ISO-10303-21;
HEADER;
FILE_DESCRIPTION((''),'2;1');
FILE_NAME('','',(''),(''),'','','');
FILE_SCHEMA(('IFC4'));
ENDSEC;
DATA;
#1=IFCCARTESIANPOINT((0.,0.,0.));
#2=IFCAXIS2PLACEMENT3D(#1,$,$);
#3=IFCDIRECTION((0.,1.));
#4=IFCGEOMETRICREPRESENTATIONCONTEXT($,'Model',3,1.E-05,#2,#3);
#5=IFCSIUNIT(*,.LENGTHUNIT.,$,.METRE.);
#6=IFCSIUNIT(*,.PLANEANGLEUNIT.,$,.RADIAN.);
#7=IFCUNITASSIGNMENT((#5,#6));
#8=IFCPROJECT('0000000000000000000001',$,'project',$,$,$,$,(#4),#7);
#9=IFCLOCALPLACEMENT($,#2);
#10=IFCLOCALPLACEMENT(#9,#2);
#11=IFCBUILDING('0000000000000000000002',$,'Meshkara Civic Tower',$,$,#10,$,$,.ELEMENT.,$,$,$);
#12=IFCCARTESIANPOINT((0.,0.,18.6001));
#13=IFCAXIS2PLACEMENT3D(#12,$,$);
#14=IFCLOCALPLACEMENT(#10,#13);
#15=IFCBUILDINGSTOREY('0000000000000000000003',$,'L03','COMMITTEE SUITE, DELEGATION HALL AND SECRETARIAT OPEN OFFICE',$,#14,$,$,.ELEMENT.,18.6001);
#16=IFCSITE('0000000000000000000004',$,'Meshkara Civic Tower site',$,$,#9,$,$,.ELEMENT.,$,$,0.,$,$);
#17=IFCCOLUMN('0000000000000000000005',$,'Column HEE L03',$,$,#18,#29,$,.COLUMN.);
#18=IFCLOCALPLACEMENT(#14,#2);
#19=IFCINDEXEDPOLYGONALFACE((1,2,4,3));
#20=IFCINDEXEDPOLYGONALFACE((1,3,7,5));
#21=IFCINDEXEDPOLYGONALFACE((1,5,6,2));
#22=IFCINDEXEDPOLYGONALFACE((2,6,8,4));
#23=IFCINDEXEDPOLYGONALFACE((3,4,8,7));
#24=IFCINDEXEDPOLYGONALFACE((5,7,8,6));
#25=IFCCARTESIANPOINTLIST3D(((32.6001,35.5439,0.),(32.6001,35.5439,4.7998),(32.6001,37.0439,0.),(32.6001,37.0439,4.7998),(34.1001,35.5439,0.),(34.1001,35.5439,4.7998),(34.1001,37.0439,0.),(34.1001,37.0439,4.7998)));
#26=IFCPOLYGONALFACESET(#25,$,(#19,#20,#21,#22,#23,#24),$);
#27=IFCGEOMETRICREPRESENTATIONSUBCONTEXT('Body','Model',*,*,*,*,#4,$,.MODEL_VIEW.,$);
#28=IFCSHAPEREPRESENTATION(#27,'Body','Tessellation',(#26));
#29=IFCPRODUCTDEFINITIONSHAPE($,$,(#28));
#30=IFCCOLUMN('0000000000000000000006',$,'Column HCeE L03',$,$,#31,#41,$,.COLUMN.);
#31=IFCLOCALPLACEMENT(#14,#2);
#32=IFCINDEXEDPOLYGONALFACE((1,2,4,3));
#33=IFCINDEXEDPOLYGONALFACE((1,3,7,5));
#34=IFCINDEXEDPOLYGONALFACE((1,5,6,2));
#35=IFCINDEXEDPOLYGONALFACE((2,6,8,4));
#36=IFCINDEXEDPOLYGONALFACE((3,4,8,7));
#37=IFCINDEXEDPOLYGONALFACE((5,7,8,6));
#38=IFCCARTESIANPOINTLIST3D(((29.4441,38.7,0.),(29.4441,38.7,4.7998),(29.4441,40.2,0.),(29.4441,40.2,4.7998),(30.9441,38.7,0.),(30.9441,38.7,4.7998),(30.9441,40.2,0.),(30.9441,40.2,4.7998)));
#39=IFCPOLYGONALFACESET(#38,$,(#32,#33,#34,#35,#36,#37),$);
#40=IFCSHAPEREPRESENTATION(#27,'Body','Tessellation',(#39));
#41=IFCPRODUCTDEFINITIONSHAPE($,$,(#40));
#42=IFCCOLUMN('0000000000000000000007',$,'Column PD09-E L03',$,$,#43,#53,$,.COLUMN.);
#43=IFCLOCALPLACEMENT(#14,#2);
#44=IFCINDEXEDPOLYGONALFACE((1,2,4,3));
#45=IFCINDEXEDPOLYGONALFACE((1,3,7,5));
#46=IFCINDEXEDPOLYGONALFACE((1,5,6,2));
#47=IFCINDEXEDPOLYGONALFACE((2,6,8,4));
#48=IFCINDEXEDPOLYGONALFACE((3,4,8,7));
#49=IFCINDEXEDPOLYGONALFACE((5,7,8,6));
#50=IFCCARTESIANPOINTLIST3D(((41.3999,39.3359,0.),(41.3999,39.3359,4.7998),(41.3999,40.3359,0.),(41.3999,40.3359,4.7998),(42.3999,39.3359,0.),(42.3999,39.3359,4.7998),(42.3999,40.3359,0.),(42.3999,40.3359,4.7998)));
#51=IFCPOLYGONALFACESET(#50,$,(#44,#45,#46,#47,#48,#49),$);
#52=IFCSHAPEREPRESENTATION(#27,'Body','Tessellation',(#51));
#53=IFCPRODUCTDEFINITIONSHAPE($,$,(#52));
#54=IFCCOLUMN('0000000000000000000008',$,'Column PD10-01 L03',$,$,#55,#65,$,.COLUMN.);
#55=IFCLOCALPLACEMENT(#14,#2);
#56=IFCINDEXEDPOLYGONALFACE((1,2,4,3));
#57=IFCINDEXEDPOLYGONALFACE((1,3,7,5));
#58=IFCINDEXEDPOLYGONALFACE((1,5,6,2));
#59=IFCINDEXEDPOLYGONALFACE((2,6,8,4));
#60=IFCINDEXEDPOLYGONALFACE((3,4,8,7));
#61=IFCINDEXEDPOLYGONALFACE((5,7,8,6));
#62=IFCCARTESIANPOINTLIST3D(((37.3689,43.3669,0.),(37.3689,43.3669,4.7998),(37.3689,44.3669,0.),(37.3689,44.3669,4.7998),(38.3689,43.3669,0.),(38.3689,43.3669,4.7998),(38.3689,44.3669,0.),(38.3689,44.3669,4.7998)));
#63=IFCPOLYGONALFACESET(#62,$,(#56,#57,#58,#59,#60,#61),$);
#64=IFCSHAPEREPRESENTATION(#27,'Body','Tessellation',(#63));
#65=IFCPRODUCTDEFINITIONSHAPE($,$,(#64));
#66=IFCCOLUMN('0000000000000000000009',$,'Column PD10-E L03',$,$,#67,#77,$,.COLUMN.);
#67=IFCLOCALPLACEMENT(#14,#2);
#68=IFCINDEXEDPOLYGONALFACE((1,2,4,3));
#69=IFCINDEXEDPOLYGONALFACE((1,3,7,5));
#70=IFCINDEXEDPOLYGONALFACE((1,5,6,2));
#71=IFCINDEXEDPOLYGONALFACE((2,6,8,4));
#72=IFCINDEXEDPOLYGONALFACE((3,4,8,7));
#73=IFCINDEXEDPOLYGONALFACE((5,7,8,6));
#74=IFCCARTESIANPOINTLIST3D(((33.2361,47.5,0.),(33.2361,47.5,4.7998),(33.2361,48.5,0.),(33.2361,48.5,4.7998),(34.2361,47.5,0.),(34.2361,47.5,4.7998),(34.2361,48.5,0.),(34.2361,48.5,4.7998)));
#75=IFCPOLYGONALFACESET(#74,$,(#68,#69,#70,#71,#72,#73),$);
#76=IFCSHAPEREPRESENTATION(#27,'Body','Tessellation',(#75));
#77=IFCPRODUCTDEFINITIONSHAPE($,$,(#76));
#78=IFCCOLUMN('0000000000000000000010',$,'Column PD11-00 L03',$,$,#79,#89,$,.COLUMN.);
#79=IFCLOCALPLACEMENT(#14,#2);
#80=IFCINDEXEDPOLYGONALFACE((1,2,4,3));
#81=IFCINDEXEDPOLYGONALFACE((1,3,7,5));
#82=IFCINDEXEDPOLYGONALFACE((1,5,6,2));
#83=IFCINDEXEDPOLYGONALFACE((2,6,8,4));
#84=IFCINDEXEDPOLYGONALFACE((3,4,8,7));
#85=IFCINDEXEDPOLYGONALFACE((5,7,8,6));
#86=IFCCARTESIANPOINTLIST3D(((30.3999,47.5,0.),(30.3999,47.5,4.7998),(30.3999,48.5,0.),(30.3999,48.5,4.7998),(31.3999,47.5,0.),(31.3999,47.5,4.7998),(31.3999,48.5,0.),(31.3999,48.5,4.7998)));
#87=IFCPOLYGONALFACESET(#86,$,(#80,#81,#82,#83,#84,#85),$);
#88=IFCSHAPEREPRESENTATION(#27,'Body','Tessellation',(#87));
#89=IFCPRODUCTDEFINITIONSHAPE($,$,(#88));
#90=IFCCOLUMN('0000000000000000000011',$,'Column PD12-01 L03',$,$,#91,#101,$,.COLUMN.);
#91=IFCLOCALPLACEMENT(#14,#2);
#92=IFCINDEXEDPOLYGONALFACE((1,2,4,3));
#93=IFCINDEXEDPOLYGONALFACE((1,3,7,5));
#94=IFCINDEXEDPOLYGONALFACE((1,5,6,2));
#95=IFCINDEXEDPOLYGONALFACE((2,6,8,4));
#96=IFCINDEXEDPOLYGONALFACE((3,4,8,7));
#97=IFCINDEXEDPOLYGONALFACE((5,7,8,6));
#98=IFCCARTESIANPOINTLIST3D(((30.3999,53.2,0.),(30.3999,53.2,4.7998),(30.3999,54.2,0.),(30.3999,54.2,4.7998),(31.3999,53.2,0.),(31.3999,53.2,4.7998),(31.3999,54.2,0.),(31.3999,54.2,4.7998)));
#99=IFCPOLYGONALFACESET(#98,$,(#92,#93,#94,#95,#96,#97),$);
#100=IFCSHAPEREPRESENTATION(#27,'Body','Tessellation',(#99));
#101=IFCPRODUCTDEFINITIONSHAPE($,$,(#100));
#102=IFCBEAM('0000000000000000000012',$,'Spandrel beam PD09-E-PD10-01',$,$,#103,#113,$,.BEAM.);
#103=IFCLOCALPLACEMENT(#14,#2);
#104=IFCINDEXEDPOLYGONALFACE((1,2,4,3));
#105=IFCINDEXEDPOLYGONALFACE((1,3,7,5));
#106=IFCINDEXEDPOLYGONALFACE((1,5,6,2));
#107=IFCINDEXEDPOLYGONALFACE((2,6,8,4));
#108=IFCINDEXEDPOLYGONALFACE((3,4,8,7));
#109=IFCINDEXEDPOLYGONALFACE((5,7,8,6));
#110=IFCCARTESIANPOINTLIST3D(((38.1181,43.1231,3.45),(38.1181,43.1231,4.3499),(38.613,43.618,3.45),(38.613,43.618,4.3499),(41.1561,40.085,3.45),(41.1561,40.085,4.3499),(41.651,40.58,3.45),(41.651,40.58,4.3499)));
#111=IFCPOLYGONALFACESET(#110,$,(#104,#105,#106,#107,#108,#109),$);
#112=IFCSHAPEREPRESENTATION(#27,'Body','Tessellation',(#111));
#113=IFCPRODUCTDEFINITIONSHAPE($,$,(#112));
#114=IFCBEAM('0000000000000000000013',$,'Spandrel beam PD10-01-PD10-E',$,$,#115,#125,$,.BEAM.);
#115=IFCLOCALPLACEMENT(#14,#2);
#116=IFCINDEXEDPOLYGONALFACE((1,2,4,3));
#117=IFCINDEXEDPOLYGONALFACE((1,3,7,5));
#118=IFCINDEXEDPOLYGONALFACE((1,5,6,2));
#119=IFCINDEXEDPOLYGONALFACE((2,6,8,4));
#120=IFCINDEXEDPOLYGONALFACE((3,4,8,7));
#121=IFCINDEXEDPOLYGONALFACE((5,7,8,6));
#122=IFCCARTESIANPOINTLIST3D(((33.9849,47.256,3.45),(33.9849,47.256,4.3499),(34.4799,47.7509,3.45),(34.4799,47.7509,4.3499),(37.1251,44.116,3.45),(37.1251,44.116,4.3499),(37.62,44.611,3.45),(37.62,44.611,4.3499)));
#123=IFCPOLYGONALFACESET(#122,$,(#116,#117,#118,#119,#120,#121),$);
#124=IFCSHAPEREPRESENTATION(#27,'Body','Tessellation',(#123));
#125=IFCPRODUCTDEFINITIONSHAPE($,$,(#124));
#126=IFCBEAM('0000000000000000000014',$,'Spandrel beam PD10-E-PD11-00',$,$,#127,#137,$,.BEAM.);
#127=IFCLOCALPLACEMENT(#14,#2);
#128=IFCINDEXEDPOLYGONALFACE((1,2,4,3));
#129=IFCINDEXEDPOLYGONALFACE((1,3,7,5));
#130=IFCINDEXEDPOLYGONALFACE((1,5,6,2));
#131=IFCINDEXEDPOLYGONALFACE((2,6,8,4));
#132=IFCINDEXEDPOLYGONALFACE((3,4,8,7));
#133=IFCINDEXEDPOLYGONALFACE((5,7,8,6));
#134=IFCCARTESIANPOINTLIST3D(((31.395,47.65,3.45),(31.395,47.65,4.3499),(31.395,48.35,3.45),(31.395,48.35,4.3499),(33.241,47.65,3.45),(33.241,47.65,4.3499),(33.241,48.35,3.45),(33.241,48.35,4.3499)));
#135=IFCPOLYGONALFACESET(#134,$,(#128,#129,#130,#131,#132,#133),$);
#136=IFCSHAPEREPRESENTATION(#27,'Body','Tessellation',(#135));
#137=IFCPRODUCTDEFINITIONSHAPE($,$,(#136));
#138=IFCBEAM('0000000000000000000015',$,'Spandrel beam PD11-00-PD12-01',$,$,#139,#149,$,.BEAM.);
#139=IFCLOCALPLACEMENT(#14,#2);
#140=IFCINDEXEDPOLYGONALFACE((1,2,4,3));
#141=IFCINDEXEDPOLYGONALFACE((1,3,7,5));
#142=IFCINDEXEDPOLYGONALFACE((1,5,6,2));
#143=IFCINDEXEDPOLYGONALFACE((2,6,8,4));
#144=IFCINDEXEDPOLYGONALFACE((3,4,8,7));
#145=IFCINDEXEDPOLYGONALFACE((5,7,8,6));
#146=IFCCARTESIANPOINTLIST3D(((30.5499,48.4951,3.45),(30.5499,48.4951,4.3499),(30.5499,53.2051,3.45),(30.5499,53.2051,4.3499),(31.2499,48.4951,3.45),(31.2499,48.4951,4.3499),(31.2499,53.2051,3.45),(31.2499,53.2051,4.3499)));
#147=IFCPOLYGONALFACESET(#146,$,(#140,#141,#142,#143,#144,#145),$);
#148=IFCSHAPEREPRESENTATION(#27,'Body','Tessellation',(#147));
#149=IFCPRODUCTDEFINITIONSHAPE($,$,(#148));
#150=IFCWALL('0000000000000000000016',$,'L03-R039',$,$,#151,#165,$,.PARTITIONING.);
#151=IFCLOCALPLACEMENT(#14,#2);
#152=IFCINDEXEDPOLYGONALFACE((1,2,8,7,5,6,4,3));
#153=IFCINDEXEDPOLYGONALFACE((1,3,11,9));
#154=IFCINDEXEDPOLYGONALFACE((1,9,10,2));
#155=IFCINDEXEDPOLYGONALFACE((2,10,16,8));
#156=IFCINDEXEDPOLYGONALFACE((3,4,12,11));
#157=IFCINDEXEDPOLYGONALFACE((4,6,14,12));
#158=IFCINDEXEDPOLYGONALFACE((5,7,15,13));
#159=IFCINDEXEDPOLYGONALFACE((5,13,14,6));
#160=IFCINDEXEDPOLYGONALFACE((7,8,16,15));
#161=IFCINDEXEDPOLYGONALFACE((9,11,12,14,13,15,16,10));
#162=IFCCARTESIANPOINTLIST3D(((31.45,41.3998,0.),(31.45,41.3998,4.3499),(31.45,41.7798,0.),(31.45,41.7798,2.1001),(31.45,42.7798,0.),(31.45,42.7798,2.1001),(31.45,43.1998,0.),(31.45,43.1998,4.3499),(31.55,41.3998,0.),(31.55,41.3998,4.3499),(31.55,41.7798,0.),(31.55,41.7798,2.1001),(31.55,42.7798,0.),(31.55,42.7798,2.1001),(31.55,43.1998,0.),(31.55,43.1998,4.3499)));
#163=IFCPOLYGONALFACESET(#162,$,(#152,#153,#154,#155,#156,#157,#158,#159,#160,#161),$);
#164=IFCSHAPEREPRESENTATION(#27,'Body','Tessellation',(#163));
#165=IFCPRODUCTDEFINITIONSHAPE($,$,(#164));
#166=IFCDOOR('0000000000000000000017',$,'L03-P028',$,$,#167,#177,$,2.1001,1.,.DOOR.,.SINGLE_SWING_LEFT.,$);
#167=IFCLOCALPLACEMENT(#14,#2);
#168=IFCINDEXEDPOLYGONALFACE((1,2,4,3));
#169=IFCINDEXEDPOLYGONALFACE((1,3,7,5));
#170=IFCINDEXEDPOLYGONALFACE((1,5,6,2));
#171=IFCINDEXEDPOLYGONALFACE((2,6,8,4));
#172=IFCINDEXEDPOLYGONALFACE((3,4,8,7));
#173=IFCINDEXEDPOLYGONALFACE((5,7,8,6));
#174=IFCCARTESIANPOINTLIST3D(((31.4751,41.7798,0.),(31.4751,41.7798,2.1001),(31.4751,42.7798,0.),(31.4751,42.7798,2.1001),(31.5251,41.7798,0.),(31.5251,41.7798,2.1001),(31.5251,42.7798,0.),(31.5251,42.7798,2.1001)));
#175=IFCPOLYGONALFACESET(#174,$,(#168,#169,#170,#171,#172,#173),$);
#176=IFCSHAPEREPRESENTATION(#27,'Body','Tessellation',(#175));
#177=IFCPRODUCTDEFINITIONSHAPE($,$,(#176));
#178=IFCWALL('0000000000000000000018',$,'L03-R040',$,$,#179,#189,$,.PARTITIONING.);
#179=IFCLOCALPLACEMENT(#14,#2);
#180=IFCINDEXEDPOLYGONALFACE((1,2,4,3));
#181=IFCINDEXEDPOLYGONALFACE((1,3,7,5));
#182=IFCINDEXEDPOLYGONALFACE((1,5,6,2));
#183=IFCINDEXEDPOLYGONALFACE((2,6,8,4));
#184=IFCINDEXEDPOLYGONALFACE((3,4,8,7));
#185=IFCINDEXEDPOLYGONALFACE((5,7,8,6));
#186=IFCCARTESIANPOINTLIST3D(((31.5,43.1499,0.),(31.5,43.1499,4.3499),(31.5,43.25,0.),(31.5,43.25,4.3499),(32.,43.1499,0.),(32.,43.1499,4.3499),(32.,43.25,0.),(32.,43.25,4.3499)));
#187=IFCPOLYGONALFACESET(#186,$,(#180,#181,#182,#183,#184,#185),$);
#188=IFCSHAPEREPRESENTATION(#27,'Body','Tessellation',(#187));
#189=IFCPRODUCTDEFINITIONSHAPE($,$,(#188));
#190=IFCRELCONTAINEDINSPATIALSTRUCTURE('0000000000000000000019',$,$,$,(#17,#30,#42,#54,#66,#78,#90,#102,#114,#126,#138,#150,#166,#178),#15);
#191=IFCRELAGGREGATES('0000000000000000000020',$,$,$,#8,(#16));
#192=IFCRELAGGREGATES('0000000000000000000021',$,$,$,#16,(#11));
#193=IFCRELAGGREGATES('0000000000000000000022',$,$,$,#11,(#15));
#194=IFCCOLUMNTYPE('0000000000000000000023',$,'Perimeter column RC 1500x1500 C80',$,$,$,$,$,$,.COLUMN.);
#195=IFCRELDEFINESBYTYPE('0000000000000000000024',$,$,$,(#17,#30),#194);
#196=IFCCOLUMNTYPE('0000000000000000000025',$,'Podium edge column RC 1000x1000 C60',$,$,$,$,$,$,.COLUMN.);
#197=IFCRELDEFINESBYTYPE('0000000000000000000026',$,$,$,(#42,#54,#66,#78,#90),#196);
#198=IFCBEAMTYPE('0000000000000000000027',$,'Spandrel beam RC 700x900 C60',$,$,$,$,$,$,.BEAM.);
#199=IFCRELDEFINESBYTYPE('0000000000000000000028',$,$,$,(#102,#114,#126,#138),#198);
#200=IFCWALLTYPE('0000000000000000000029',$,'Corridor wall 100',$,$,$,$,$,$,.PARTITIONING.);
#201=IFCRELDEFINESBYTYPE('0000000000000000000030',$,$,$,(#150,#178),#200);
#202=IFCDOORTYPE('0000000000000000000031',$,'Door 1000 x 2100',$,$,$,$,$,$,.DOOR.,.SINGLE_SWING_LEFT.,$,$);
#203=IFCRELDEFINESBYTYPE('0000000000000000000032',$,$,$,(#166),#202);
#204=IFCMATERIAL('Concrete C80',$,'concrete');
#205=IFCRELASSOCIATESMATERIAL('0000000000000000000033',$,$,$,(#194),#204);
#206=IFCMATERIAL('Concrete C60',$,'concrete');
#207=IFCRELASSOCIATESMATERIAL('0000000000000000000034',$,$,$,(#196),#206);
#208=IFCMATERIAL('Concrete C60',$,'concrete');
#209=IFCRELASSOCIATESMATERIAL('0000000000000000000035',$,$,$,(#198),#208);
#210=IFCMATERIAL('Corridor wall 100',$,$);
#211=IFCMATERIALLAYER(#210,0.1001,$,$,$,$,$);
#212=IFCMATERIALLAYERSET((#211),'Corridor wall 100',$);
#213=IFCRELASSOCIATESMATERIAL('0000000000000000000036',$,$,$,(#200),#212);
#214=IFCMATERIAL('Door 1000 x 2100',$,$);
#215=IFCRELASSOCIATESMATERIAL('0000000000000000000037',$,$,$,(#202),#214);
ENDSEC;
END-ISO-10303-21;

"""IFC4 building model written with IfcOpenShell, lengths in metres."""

from ifc_helpers import new_model, si_unit, direction, frame, frame_2d, origin, origin_2d, place, context, subcontext, project, spatial, rectangle, extrude, material, layer, layer_set, material_profile, profile_set, type_object, element, fill, save


model = new_model("IFC4")

# Units and contexts
model_context = context("Model", 3, precision=1e-05, world=origin(), true_north=direction((0.0, 1.0)))
body_context = subcontext(model_context, "Body", "Model", "MODEL_VIEW")
ifc_project = project(units=[si_unit("LENGTHUNIT", "METRE"), si_unit("PLANEANGLEUNIT", "RADIAN")], contexts=[model_context])

# Site, building, storey
site_placement = place(None, origin())
site = spatial("IfcSite", under=ifc_project, at=site_placement, Name="Meshkara Civic Tower site", CompositionType="ELEMENT", RefElevation=0.0)
building_placement = place(site_placement, origin())
building = spatial("IfcBuilding", under=site, at=building_placement, Name="Meshkara Civic Tower", CompositionType="ELEMENT")
storey_placement = place(building_placement, frame((0.0, 0.0, 18.6001)))
storey = spatial("IfcBuildingStorey", under=building, at=storey_placement, Name="L03", Description="COMMITTEE SUITE, DELEGATION HALL AND SECRETARIAT OPEN OFFICE", CompositionType="ELEMENT", Elevation=18.6001)

# Columns
ifc_material_1 = material(Name="Concrete C80", Category="concrete")
ifc_material_profile_1 = material_profile(ifc_material_1, rectangle(XDim=1.5, YDim=1.5, at=origin_2d()))
ifc_profile_set_1 = profile_set([ifc_material_profile_1], Name="Concrete C80")
column_type_1 = type_object("IfcColumnType", Name="Perimeter column RC 1500x1500 C80", PredefinedType="COLUMN", material=ifc_profile_set_1)
for number, where, z_axis, x_axis, name in (
    (1, (33.3501, 36.2939, 0.0), (0.0, 0.0, 1.0), (1.0, 0.0, 0.0), "Column HEE L03"),
    (2, (30.1941, 39.45, 0.0), (0.0, 0.0, 1.0), (1.0, 0.0, 0.0), "Column HCeE L03"),
):
    element("IfcColumn", number, at=place(storey_placement, frame(where, z_axis=z_axis, x_axis=x_axis)), inside=storey, type_object=column_type_1, Name=name, PredefinedType="COLUMN", context=body_context, shape_type="SweptSolid", body=[
        extrude(rectangle(XDim=1.5, YDim=1.5, at=origin_2d()), origin(), (0.0, 0.0, 1.0), 4.7998),
    ])
ifc_material_2 = material(Name="Concrete C60", Category="concrete")
ifc_material_profile_2 = material_profile(ifc_material_2, rectangle(XDim=1.0, YDim=1.0, at=origin_2d()))
ifc_profile_set_2 = profile_set([ifc_material_profile_2], Name="Concrete C60")
column_type_2 = type_object("IfcColumnType", Name="Podium edge column RC 1000x1000 C60", PredefinedType="COLUMN", material=ifc_profile_set_2)
for number, where, z_axis, x_axis, name in (
    (3, (41.8999, 39.8359, 0.0), (0.0, 0.0, 1.0), (1.0, 0.0, 0.0), "Column PD09-E L03"),
    (4, (37.8689, 43.8669, 0.0), (0.0, 0.0, 1.0), (1.0, 0.0, 0.0), "Column PD10-01 L03"),
    (5, (33.7361, 48.0, 0.0), (0.0, 0.0, 1.0), (1.0, 0.0, 0.0), "Column PD10-E L03"),
    (6, (30.8999, 48.0, 0.0), (0.0, 0.0, 1.0), (1.0, 0.0, 0.0), "Column PD11-00 L03"),
    (7, (30.8999, 53.7, 0.0), (0.0, 0.0, 1.0), (1.0, 0.0, 0.0), "Column PD12-01 L03"),
):
    element("IfcColumn", number, at=place(storey_placement, frame(where, z_axis=z_axis, x_axis=x_axis)), inside=storey, type_object=column_type_2, Name=name, PredefinedType="COLUMN", context=body_context, shape_type="SweptSolid", body=[
        extrude(rectangle(XDim=1.0, YDim=1.0, at=origin_2d()), origin(), (0.0, 0.0, 1.0), 4.7998),
    ])

# Beams
ifc_material_3 = material(Name="Concrete C60", Category="concrete")
ifc_material_profile_3 = material_profile(ifc_material_3, rectangle(XDim=0.7, YDim=0.8999, at=origin_2d()))
ifc_profile_set_3 = profile_set([ifc_material_profile_3], Name="Concrete C60")
beam_type = type_object("IfcBeamType", Name="Spandrel beam RC 700x900 C60", PredefinedType="BEAM", material=ifc_profile_set_3)
beam_1_placement = place(storey_placement, frame((41.4036, 40.3325, 3.8999), z_axis=(-0.707107, 0.707107, 0.0), x_axis=(-0.707107, -0.707107, 0.0)))
element("IfcBeam", 8, at=beam_1_placement, inside=storey, type_object=beam_type, Name="Spandrel beam PD09-E-PD10-01", PredefinedType="BEAM", context=body_context, shape_type="SweptSolid", body=[
    extrude(rectangle(XDim=0.7, YDim=0.8999, at=origin_2d()), origin(), (0.0, 0.0, 1.0), 4.2964),
])
beam_2_placement = place(storey_placement, frame((37.3726, 44.3635, 3.8999), z_axis=(-0.707134, 0.707079, 0.0), x_axis=(-0.707079, -0.707134, 0.0)))
element("IfcBeam", 9, at=beam_2_placement, inside=storey, type_object=beam_type, Name="Spandrel beam PD10-01-PD10-E", PredefinedType="BEAM", context=body_context, shape_type="SweptSolid", body=[
    extrude(rectangle(XDim=0.7, YDim=0.8999, at=origin_2d()), origin(), (0.0, 0.0, 1.0), 4.4407),
])
beam_3_placement = place(storey_placement, frame((33.241, 48.0, 3.8999), z_axis=(-1.0, 0.0, 0.0), x_axis=(0.0, -1.0, 0.0)))
element("IfcBeam", 10, at=beam_3_placement, inside=storey, type_object=beam_type, Name="Spandrel beam PD10-E-PD11-00", PredefinedType="BEAM", context=body_context, shape_type="SweptSolid", body=[
    extrude(rectangle(XDim=0.7, YDim=0.8999, at=origin_2d()), origin(), (0.0, 0.0, 1.0), 1.8459),
])
beam_4_placement = place(storey_placement, frame((30.8999, 48.4951, 3.8999), z_axis=(0.0, 1.0, 0.0), x_axis=(-1.0, 0.0, 0.0)))
element("IfcBeam", 11, at=beam_4_placement, inside=storey, type_object=beam_type, Name="Spandrel beam PD11-00-PD12-01", PredefinedType="BEAM", context=body_context, shape_type="SweptSolid", body=[
    extrude(rectangle(XDim=0.7, YDim=0.8999, at=origin_2d()), origin(), (0.0, 0.0, 1.0), 4.71),
])

# Wall, opening, door
ifc_material_4 = material(Name="Corridor wall 100")
ifc_layer_1 = layer(ifc_material_4, 0.1001)
ifc_layer_set_1 = layer_set([ifc_layer_1], Name="Corridor wall 100")
wall_type_1 = type_object("IfcWallType", Name="Corridor wall 100", PredefinedType="PARTITIONING", material=ifc_layer_set_1)
wall_1_placement = place(storey_placement, frame((31.5, 41.3999, 0.0), z_axis=(0.0, 0.0, 1.0), x_axis=(0.0, 1.0, 0.0)))
wall_1 = element("IfcWall", 12, at=wall_1_placement, inside=storey, type_object=wall_type_1, Name="L03-R039", PredefinedType="PARTITIONING", context=body_context, shape_type="SweptSolid", body=[
    extrude(rectangle(XDim=1.8, YDim=0.1001, at=frame_2d((0.8999, 0.0))), origin(), (0.0, 0.0, 1.0), 4.3499),
])
opening_1_placement = place(wall_1_placement, frame((0.3799, 0.0, 0.0)))
opening_1 = element("IfcOpeningElement", 13, at=opening_1_placement, cuts=wall_1, PredefinedType="OPENING", context=body_context, shape_type="SweptSolid", body=[
    extrude(rectangle(XDim=1.0, YDim=2.1001, at=frame_2d((0.5, 1.05))), frame((0.0, 0.0601, 0.0), z_axis=(0.0, -1.0, 0.0), x_axis=(1.0, 0.0, 0.0)), (0.0, 0.0, 1.0), 0.1201),
])
ifc_material_5 = material(Name="Door 1000 x 2100")
door_type = type_object("IfcDoorType", Name="Door 1000 x 2100", OperationType="SINGLE_SWING_LEFT", PredefinedType="DOOR", material=ifc_material_5)
door_1_placement = place(opening_1_placement, origin())
door_1 = element("IfcDoor", 14, at=door_1_placement, inside=storey, type_object=door_type, Name="L03-P028", OperationType="SINGLE_SWING_LEFT", OverallHeight=2.1001, OverallWidth=1.0, PredefinedType="DOOR", context=body_context, shape_type="SweptSolid", body=[
    extrude(rectangle(XDim=1.0, YDim=2.1001, at=frame_2d((0.5, 1.05))), frame((0.0, 0.0249, 0.0), z_axis=(0.0, -1.0, 0.0), x_axis=(1.0, 0.0, 0.0)), (0.0, 0.0, 1.0), 0.05),
])
fill(opening_1, door_1)

# Wall
wall_2_placement = place(storey_placement, frame((31.5, 43.2, 0.0), z_axis=(0.0, 0.0, 1.0), x_axis=(1.0, 0.0, 0.0)))
element("IfcWall", 15, at=wall_2_placement, inside=storey, type_object=wall_type_1, Name="L03-R040", PredefinedType="PARTITIONING", context=body_context, shape_type="SweptSolid", body=[
    extrude(rectangle(XDim=0.5, YDim=0.1001, at=frame_2d((0.25, 0.0))), origin(), (0.0, 0.0, 1.0), 4.3499),
])

save(model, "model.ifc")
